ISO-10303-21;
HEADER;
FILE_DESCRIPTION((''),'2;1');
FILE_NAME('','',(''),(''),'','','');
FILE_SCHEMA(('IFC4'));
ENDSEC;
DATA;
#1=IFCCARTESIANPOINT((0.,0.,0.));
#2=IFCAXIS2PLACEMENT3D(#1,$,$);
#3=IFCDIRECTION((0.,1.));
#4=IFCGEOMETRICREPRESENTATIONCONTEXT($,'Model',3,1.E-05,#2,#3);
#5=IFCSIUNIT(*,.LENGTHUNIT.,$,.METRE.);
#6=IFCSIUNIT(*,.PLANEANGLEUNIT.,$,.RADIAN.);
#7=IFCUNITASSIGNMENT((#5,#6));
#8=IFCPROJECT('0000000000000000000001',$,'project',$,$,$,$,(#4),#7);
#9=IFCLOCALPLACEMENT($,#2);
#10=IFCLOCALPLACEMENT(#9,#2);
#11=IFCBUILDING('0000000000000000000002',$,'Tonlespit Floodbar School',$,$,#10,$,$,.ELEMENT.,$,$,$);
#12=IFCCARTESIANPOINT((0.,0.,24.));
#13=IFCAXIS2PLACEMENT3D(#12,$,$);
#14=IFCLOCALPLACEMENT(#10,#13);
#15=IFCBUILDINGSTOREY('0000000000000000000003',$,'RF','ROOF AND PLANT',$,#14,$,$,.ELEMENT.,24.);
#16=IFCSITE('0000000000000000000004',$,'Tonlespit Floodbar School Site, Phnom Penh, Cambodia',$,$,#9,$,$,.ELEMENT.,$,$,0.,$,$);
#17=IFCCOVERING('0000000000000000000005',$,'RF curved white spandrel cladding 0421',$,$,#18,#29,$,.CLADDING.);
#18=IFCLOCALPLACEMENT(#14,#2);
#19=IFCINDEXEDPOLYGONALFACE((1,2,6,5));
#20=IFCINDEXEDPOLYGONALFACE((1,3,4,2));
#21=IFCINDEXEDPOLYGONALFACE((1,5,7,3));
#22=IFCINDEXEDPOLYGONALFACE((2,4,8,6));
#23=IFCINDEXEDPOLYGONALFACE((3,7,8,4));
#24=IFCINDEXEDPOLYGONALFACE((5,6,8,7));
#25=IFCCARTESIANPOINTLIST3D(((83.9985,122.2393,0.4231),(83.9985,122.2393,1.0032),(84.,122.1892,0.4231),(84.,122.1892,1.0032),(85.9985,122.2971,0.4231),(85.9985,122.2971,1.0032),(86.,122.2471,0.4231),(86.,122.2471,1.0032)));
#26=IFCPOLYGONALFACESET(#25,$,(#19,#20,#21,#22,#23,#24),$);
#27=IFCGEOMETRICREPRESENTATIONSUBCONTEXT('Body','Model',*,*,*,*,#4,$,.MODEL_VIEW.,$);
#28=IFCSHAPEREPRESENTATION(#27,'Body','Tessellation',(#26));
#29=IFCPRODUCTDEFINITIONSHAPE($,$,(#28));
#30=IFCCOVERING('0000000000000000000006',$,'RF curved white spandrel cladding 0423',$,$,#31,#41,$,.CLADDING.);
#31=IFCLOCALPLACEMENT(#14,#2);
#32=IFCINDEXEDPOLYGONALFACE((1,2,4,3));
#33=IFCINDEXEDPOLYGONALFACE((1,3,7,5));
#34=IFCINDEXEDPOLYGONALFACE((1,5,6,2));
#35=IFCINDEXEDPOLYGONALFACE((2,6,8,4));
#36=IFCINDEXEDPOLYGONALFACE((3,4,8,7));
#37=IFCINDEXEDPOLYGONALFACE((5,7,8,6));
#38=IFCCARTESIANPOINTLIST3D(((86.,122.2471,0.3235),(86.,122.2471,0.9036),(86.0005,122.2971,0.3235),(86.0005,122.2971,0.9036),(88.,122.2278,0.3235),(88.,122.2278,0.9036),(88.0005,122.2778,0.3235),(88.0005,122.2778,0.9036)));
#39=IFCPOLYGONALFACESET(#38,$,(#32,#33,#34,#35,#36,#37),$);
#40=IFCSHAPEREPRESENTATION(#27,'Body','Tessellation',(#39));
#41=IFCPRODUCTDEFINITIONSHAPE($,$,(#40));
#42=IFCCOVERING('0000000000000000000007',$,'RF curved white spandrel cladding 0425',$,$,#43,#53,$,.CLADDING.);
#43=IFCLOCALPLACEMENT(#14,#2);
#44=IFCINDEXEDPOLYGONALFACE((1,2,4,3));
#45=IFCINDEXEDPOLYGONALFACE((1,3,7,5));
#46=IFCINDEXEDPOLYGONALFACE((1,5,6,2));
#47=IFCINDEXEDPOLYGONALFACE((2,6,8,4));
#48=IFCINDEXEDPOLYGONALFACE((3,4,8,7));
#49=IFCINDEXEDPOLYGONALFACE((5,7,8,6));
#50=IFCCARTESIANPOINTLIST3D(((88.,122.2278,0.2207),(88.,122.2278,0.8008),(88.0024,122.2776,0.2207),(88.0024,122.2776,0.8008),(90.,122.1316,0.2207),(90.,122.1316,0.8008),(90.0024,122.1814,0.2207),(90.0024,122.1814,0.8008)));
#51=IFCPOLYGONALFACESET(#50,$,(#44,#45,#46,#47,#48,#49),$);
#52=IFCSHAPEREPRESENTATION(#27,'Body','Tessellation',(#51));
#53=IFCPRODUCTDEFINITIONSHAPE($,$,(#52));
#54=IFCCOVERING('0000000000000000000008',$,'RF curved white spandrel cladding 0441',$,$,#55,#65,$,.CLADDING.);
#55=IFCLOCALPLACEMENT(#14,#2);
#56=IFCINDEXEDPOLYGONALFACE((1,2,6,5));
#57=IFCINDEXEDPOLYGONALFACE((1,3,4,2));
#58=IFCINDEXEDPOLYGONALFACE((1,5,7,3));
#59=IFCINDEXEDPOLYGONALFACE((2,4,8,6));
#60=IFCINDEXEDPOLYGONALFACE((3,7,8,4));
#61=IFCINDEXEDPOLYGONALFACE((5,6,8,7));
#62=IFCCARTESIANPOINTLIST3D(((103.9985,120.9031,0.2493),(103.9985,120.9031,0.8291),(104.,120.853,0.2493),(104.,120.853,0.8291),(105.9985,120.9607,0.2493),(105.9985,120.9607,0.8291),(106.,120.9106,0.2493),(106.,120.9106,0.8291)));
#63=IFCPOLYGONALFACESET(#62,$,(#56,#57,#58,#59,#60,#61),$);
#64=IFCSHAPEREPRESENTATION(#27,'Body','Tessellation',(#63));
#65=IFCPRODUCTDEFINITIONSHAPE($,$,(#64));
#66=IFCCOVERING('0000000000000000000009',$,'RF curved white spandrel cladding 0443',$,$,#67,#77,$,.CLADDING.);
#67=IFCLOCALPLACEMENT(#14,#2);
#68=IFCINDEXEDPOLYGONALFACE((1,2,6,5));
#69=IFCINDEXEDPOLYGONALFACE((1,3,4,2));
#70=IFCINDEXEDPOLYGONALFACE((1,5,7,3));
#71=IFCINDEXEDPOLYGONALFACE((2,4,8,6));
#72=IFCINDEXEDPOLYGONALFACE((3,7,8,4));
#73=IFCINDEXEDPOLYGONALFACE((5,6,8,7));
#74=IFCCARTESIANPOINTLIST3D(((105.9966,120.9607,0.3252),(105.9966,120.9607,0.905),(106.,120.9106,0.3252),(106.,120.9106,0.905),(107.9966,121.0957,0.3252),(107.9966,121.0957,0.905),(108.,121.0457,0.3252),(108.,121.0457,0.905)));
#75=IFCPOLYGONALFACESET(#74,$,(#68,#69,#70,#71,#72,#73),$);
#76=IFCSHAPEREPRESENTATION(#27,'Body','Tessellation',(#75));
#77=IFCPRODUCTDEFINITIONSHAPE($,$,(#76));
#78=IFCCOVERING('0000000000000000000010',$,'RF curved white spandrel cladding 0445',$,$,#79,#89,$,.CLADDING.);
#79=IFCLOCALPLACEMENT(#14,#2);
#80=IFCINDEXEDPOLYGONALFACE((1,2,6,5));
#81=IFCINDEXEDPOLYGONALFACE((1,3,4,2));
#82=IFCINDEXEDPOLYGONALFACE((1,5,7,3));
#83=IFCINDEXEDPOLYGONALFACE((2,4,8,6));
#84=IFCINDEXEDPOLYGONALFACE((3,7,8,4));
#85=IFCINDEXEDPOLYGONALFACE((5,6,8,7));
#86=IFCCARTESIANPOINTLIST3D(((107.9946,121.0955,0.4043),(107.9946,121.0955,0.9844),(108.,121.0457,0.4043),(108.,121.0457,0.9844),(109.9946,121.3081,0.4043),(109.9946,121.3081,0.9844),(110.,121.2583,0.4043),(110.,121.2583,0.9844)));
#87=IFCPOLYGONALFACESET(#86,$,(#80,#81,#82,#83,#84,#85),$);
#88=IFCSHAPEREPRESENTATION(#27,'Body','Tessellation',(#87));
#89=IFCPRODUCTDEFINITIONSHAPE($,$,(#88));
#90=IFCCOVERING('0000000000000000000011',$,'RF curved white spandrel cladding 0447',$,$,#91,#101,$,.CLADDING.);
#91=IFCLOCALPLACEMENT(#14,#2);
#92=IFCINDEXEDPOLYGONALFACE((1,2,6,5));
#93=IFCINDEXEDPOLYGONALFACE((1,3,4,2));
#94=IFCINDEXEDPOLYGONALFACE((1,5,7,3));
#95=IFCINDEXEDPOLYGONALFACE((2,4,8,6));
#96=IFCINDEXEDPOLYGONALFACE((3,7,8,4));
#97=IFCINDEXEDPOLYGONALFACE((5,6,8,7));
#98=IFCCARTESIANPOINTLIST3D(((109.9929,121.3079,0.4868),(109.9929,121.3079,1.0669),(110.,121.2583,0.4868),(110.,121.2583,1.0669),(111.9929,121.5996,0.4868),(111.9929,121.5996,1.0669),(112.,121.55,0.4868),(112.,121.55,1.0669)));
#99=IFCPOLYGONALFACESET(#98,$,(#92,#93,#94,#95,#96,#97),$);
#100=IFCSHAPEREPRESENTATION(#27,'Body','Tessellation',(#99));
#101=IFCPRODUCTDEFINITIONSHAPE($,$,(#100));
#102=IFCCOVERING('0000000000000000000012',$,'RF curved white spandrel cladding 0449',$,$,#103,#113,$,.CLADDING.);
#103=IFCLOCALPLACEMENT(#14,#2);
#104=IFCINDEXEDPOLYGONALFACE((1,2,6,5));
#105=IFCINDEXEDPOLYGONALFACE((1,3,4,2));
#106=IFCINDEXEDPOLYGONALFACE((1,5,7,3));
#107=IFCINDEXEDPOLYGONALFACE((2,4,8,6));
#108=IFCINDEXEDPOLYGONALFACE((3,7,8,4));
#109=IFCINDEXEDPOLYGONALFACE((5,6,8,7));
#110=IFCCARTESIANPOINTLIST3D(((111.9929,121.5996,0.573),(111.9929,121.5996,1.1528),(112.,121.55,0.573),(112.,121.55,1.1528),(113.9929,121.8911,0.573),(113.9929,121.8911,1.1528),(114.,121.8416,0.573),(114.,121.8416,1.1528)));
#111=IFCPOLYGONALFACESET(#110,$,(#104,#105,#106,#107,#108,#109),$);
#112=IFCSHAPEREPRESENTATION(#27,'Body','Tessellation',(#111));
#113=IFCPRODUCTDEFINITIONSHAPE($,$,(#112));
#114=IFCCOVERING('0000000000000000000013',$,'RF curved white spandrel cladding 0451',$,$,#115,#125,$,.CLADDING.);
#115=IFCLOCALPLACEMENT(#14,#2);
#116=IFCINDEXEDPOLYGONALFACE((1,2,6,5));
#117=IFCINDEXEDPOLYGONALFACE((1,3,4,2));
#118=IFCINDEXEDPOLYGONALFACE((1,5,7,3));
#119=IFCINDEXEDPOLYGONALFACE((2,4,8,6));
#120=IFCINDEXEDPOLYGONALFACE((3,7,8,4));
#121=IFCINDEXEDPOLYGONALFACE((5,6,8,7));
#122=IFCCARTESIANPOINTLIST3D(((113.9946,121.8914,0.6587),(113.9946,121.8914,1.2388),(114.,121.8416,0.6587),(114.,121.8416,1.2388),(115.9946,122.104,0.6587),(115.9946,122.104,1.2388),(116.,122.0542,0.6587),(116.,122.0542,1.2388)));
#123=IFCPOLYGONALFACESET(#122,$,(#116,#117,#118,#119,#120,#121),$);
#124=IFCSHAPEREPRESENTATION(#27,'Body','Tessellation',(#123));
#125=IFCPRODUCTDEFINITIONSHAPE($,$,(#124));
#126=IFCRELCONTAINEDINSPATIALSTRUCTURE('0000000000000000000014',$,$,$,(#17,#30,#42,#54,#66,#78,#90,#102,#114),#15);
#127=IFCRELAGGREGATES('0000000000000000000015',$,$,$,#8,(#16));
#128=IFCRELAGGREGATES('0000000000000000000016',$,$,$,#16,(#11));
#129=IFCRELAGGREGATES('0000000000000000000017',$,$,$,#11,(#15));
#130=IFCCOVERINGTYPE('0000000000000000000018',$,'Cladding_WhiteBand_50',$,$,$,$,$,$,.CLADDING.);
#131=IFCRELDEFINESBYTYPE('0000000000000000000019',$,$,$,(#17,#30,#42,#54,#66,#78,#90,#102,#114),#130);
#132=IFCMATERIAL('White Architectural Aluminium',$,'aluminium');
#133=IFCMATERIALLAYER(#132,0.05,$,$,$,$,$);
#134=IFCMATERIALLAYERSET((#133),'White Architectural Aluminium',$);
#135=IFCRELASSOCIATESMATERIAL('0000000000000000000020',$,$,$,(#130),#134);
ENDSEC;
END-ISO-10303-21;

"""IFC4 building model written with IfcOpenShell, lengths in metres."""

from ifc_helpers import new_model, si_unit, direction, frame, origin, place, context, subcontext, project, spatial, polyline, outline, extrude, material, layer, layer_set, type_object, element, save


model = new_model("IFC4")

# Units and contexts
model_context = context("Model", 3, precision=1e-05, world=origin(), true_north=direction((0.0, 1.0)))
body_context = subcontext(model_context, "Body", "Model", "MODEL_VIEW")
ifc_project = project(units=[si_unit("LENGTHUNIT", "METRE"), si_unit("PLANEANGLEUNIT", "RADIAN")], contexts=[model_context])

# Site, building, storey
site_placement = place(None, origin())
site = spatial("IfcSite", under=ifc_project, at=site_placement, Name="Tonlespit Floodbar School Site, Phnom Penh, Cambodia", CompositionType="ELEMENT", RefElevation=0.0)
building_placement = place(site_placement, origin())
building = spatial("IfcBuilding", under=site, at=building_placement, Name="Tonlespit Floodbar School", CompositionType="ELEMENT")
storey_placement = place(building_placement, frame((0.0, 0.0, 24.0)))
storey = spatial("IfcBuildingStorey", under=building, at=storey_placement, Name="RF", Description="ROOF AND PLANT", CompositionType="ELEMENT", Elevation=24.0)

# Coverings
ifc_material_1 = material(Name="White Architectural Aluminium", Category="aluminium")
ifc_layer_1 = layer(ifc_material_1, 0.05)
ifc_layer_set_1 = layer_set([ifc_layer_1], Name="White Architectural Aluminium")
covering_type = type_object("IfcCoveringType", Name="Cladding_WhiteBand_50", PredefinedType="CLADDING", material=ifc_layer_set_1)
covering_1_placement = place(storey_placement, frame((0.0, 0.0, 0.4231)))
element("IfcCovering", 1, at=covering_1_placement, inside=storey, type_object=covering_type, Name="RF curved white spandrel cladding 0421", PredefinedType="CLADDING", context=body_context, shape_type="SweptSolid", body=[
    extrude(outline(polyline([(84.0, 122.1892), (86.0, 122.2471), (85.9985, 122.2971), (83.9985, 122.2393), (84.0, 122.1892)])), origin(), (0.0, 0.0, 1.0), 0.5801),
])
covering_2_placement = place(storey_placement, frame((0.0, 0.0, 0.3235)))
element("IfcCovering", 2, at=covering_2_placement, inside=storey, type_object=covering_type, Name="RF curved white spandrel cladding 0423", PredefinedType="CLADDING", context=body_context, shape_type="SweptSolid", body=[
    extrude(outline(polyline([(86.0, 122.2471), (88.0, 122.2278), (88.0005, 122.2778), (86.0005, 122.2971), (86.0, 122.2471)])), origin(), (0.0, 0.0, 1.0), 0.5801),
])
covering_3_placement = place(storey_placement, frame((0.0, 0.0, 0.2207)))
element("IfcCovering", 3, at=covering_3_placement, inside=storey, type_object=covering_type, Name="RF curved white spandrel cladding 0425", PredefinedType="CLADDING", context=body_context, shape_type="SweptSolid", body=[
    extrude(outline(polyline([(88.0, 122.2278), (90.0, 122.1316), (90.0024, 122.1814), (88.0024, 122.2776), (88.0, 122.2278)])), origin(), (0.0, 0.0, 1.0), 0.5801),
])
covering_4_placement = place(storey_placement, frame((0.0, 0.0, 0.2493)))
element("IfcCovering", 4, at=covering_4_placement, inside=storey, type_object=covering_type, Name="RF curved white spandrel cladding 0441", PredefinedType="CLADDING", context=body_context, shape_type="SweptSolid", body=[
    extrude(outline(polyline([(104.0, 120.853), (106.0, 120.9106), (105.9985, 120.9607), (103.9985, 120.9031), (104.0, 120.853)])), origin(), (0.0, 0.0, 1.0), 0.5798),
])
covering_5_placement = place(storey_placement, frame((0.0, 0.0, 0.3252)))
element("IfcCovering", 5, at=covering_5_placement, inside=storey, type_object=covering_type, Name="RF curved white spandrel cladding 0443", PredefinedType="CLADDING", context=body_context, shape_type="SweptSolid", body=[
    extrude(outline(polyline([(106.0, 120.9106), (108.0, 121.0457), (107.9966, 121.0957), (105.9966, 120.9607), (106.0, 120.9106)])), origin(), (0.0, 0.0, 1.0), 0.5798),
])
covering_6_placement = place(storey_placement, frame((0.0, 0.0, 0.4043)))
element("IfcCovering", 6, at=covering_6_placement, inside=storey, type_object=covering_type, Name="RF curved white spandrel cladding 0445", PredefinedType="CLADDING", context=body_context, shape_type="SweptSolid", body=[
    extrude(outline(polyline([(108.0, 121.0457), (110.0, 121.2583), (109.9946, 121.3081), (107.9946, 121.0955), (108.0, 121.0457)])), origin(), (0.0, 0.0, 1.0), 0.5801),
])
covering_7_placement = place(storey_placement, frame((0.0, 0.0, 0.4868)))
element("IfcCovering", 7, at=covering_7_placement, inside=storey, type_object=covering_type, Name="RF curved white spandrel cladding 0447", PredefinedType="CLADDING", context=body_context, shape_type="SweptSolid", body=[
    extrude(outline(polyline([(110.0, 121.2583), (112.0, 121.55), (111.9929, 121.5996), (109.9929, 121.3079), (110.0, 121.2583)])), origin(), (0.0, 0.0, 1.0), 0.5801),
])
covering_8_placement = place(storey_placement, frame((0.0, 0.0, 0.573)))
element("IfcCovering", 8, at=covering_8_placement, inside=storey, type_object=covering_type, Name="RF curved white spandrel cladding 0449", PredefinedType="CLADDING", context=body_context, shape_type="SweptSolid", body=[
    extrude(outline(polyline([(112.0, 121.55), (114.0, 121.8416), (113.9929, 121.8911), (111.9929, 121.5996), (112.0, 121.55)])), origin(), (0.0, 0.0, 1.0), 0.5798),
])
covering_9_placement = place(storey_placement, frame((0.0, 0.0, 0.6587)))
element("IfcCovering", 9, at=covering_9_placement, inside=storey, type_object=covering_type, Name="RF curved white spandrel cladding 0451", PredefinedType="CLADDING", context=body_context, shape_type="SweptSolid", body=[
    extrude(outline(polyline([(114.0, 121.8416), (116.0, 122.0542), (115.9946, 122.104), (113.9946, 121.8914), (114.0, 121.8416)])), origin(), (0.0, 0.0, 1.0), 0.5801),
])

save(model, "model.ifc")
